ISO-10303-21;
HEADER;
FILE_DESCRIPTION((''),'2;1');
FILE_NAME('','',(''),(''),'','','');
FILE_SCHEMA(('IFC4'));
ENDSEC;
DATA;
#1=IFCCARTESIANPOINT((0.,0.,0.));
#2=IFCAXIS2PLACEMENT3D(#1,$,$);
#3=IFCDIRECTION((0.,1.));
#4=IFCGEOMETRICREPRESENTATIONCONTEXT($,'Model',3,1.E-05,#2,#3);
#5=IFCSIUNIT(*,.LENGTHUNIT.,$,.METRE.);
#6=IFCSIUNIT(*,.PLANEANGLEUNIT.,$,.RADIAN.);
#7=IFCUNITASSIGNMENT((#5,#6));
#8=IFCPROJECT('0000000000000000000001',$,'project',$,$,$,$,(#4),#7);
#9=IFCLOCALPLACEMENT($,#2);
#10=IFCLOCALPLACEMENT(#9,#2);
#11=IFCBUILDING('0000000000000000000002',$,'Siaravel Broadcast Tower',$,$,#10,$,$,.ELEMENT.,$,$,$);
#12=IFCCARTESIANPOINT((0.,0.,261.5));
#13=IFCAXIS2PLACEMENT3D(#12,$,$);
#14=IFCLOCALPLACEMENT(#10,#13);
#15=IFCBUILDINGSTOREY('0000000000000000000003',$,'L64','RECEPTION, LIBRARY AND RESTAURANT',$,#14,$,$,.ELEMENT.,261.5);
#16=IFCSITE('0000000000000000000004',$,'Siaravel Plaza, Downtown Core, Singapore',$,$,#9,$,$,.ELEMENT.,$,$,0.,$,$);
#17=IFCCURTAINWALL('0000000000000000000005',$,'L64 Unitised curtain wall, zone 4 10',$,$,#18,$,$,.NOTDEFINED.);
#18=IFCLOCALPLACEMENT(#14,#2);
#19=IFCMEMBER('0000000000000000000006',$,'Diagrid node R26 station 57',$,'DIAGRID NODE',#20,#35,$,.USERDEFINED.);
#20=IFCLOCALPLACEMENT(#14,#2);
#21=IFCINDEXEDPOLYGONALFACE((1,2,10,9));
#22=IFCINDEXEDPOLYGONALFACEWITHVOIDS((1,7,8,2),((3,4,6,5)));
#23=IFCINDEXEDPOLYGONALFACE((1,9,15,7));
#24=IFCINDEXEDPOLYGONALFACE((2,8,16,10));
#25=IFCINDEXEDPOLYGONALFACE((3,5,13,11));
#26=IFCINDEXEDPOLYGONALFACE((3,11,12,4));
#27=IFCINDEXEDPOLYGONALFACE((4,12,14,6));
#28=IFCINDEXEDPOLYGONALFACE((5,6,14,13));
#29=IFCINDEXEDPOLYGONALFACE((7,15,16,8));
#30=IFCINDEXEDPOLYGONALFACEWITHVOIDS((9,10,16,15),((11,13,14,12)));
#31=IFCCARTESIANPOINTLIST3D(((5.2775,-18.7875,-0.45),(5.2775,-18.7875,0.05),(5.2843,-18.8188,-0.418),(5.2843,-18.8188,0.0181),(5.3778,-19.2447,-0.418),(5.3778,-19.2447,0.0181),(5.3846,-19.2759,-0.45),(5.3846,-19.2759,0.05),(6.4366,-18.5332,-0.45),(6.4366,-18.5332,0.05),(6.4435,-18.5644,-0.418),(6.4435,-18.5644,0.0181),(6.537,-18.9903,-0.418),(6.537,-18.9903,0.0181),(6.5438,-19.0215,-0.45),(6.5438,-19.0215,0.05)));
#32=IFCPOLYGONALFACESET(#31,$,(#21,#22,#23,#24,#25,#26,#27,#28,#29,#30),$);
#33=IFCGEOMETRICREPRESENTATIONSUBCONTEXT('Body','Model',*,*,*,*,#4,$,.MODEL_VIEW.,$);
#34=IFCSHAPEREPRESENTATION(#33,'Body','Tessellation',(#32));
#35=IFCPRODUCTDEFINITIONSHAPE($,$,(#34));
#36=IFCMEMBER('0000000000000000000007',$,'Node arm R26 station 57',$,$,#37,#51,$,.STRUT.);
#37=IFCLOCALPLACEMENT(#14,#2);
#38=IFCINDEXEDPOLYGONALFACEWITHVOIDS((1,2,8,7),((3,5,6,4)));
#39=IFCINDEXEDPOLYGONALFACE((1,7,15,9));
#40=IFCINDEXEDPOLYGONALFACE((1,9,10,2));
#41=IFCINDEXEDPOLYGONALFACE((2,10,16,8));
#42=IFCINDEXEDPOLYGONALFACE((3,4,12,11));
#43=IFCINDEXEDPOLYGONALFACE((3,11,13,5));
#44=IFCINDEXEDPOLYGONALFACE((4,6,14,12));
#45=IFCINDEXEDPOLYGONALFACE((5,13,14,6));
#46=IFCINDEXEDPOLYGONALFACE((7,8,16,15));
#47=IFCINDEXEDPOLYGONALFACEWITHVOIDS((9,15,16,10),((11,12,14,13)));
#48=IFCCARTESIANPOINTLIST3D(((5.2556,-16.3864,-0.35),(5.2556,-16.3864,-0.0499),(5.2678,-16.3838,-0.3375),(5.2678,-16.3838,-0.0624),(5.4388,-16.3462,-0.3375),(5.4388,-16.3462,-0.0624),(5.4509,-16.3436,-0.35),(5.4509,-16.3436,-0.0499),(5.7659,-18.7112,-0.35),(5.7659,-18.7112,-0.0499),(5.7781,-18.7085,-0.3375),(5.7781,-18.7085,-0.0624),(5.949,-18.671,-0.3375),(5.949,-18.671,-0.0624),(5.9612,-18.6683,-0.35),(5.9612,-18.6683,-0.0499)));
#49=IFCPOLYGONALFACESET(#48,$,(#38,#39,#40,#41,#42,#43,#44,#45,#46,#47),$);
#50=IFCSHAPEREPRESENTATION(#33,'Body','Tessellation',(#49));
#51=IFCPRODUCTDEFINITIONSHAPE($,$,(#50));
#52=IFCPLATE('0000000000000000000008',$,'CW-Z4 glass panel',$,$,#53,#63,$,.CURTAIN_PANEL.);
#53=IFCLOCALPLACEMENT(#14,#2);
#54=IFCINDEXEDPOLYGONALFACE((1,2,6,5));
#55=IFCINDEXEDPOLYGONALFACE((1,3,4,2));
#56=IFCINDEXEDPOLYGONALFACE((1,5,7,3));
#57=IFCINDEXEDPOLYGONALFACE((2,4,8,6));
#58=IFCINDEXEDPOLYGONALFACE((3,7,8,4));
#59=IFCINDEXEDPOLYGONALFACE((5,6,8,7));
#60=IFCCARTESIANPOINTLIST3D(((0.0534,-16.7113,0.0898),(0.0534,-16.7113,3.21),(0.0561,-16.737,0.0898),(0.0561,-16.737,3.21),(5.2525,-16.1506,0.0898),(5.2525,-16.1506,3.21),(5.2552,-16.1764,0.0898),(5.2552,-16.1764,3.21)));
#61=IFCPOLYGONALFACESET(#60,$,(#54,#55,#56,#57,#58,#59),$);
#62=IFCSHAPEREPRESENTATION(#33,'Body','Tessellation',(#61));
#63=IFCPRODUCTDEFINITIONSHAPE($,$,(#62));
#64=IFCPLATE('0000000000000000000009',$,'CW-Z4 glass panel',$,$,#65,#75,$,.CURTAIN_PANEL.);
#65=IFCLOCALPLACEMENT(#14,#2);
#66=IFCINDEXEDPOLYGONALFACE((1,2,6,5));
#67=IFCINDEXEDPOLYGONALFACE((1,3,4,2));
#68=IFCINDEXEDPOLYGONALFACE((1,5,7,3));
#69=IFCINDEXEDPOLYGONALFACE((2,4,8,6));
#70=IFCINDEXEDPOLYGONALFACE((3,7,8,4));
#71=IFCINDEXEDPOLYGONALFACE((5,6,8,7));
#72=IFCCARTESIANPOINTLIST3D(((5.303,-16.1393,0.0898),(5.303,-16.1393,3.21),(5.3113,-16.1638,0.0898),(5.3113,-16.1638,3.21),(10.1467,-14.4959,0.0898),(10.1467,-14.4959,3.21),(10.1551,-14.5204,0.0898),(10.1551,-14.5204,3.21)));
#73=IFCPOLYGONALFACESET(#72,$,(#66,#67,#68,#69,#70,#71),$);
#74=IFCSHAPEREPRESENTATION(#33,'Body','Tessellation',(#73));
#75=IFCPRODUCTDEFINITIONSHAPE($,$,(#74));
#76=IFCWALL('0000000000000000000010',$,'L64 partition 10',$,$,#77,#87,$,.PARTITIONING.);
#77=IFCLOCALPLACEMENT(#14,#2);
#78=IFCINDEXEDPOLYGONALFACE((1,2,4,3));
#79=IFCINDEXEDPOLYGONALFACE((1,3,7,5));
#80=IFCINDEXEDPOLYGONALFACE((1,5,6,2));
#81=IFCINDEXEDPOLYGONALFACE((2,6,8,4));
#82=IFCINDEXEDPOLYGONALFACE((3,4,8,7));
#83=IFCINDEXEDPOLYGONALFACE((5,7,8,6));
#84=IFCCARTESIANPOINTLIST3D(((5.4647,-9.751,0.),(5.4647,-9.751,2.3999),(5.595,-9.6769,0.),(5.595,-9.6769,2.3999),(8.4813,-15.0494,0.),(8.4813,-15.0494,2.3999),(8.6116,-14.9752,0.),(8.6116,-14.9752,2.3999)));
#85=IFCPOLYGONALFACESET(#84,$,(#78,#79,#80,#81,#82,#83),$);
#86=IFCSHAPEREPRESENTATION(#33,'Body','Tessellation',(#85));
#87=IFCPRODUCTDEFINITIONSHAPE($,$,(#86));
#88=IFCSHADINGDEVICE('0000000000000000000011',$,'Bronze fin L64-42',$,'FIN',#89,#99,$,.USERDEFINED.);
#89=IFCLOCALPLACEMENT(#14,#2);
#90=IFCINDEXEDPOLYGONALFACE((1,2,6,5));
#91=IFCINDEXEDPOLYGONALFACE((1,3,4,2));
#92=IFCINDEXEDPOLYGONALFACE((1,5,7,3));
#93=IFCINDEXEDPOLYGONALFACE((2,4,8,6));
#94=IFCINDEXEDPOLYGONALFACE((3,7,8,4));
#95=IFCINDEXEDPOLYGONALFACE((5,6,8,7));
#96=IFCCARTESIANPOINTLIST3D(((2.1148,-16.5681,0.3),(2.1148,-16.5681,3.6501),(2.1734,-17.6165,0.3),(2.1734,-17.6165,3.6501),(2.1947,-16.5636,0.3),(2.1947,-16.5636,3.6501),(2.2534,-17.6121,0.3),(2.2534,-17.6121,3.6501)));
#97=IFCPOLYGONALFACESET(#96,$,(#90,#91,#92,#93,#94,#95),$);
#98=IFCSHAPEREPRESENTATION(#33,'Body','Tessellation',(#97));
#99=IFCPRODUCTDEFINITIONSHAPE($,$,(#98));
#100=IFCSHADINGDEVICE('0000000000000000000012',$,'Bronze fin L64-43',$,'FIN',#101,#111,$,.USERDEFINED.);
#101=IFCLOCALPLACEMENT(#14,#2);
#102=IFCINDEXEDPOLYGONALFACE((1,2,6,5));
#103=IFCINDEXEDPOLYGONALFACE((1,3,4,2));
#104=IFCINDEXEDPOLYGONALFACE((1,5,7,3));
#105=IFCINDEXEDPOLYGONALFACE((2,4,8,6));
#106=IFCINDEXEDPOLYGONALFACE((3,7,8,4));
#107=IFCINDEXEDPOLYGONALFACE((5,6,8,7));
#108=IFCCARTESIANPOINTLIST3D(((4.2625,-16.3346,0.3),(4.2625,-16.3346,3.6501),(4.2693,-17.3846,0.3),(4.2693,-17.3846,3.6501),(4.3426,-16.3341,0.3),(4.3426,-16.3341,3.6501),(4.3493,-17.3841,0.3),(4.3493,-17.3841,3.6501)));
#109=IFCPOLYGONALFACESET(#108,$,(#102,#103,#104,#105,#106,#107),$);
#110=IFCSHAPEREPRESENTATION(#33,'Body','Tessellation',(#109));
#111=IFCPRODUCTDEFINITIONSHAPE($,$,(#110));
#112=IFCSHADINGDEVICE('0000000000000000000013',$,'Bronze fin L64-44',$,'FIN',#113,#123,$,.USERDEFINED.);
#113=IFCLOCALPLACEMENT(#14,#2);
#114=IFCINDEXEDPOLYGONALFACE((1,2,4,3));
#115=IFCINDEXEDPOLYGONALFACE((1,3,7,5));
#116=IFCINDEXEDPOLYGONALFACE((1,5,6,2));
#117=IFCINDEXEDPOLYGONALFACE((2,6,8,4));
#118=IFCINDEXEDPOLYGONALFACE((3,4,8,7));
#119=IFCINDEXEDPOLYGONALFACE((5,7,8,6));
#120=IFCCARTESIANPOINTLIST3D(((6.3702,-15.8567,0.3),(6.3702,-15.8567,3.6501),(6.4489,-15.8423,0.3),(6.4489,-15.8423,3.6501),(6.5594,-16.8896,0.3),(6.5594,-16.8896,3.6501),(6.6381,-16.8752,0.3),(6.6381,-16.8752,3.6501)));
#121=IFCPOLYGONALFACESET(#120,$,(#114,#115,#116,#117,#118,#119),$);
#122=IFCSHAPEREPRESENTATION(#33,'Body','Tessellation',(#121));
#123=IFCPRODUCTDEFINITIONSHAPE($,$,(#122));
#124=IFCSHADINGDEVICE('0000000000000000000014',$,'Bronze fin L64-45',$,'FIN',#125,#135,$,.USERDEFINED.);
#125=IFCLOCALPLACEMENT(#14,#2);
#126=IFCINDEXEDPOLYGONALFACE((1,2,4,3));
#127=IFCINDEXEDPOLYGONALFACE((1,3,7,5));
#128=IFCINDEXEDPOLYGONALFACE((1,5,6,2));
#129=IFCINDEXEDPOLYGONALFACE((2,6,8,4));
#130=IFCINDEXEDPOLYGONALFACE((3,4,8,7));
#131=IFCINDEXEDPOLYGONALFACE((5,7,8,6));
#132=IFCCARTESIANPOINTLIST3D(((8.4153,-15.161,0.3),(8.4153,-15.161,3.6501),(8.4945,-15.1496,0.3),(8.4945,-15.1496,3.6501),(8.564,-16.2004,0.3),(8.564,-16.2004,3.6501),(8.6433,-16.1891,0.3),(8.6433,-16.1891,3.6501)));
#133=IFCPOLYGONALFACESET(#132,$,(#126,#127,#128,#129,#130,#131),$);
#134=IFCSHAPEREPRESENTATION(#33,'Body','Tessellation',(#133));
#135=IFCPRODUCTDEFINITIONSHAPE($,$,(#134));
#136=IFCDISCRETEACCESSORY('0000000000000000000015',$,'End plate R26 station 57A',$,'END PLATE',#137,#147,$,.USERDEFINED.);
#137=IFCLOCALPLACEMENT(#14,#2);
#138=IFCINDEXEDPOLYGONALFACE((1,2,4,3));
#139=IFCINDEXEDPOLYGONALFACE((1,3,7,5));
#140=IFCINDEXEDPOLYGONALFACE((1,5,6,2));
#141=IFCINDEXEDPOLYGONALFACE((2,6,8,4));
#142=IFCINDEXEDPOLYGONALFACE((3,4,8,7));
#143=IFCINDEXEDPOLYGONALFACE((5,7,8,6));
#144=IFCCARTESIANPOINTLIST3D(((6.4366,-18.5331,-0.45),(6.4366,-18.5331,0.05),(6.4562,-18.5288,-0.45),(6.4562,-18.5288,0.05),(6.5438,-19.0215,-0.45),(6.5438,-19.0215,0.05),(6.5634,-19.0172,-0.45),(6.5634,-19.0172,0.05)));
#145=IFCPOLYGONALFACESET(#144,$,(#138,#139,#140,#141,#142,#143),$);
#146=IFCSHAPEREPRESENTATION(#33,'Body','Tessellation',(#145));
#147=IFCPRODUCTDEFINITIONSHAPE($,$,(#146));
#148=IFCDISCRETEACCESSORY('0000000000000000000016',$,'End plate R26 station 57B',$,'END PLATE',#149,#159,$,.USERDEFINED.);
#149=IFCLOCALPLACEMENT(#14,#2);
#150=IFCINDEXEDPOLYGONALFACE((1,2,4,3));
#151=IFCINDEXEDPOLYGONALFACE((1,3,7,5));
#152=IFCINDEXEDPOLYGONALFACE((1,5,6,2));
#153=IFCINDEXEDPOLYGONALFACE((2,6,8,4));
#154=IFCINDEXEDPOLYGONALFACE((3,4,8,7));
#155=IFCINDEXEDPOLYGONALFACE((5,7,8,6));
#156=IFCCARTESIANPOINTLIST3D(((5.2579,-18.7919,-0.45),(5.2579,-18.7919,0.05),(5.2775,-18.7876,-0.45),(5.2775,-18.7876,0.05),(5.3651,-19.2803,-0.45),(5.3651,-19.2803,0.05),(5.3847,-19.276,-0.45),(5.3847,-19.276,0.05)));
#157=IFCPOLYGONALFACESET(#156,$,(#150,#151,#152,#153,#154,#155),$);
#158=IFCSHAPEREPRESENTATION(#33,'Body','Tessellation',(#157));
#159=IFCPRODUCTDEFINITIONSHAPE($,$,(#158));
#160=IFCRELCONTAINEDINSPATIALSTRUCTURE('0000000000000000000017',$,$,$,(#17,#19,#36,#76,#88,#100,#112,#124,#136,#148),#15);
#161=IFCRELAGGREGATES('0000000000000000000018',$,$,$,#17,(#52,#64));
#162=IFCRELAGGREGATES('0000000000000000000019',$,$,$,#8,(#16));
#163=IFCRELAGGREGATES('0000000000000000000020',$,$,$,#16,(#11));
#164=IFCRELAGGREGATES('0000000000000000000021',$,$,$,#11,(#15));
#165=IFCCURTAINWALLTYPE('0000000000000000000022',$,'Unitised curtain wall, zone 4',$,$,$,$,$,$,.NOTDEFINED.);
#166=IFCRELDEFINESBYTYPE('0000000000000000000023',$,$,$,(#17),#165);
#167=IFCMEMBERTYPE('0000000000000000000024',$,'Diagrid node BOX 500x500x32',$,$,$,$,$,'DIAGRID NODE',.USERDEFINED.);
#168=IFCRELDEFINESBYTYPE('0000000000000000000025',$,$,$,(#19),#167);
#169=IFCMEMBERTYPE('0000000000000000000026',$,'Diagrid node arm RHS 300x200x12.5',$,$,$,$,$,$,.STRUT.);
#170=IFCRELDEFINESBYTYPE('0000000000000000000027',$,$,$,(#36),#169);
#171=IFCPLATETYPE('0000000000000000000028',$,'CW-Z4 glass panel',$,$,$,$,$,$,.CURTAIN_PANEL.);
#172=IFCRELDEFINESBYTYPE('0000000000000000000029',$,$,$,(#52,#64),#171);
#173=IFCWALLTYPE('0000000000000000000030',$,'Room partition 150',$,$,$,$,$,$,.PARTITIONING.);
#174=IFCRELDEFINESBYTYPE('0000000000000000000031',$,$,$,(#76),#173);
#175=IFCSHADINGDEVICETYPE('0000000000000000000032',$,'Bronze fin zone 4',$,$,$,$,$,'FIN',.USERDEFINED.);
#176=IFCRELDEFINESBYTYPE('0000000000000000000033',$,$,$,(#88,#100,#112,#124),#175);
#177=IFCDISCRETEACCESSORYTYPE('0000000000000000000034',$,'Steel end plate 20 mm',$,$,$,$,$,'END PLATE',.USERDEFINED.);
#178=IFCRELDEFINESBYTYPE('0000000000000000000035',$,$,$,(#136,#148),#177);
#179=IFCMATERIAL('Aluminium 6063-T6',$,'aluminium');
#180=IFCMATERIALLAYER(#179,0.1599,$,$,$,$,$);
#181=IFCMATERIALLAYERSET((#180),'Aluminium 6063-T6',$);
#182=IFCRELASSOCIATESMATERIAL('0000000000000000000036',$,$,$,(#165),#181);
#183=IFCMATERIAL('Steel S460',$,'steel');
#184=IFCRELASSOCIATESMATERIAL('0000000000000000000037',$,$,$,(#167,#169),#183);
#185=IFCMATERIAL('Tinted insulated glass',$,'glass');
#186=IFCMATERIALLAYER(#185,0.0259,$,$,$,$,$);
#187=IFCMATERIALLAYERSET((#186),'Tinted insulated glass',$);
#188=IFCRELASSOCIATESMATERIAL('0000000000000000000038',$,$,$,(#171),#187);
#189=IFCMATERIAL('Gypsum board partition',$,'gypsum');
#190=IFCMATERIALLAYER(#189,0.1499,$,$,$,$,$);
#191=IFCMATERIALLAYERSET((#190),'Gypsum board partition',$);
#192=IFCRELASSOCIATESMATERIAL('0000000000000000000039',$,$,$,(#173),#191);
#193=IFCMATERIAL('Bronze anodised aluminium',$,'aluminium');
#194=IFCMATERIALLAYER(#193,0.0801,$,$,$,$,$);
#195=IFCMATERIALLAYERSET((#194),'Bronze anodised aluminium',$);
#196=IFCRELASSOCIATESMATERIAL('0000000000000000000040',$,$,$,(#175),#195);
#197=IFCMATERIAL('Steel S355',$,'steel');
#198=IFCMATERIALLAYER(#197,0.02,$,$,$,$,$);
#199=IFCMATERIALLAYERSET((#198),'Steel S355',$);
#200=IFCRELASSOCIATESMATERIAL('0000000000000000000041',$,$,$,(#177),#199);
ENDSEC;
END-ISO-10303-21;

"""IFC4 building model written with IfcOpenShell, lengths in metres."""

from ifc_helpers import new_model, si_unit, direction, frame, frame_2d, origin, origin_2d, place, context, subcontext, project, spatial, rectangle, hollow_rectangle, extrude, material, layer, layer_set, material_profile, profile_set, type_object, element, aggregate, save


model = new_model("IFC4")

# Units and contexts
model_context = context("Model", 3, precision=1e-05, world=origin(), true_north=direction((0.0, 1.0)))
body_context = subcontext(model_context, "Body", "Model", "MODEL_VIEW")
ifc_project = project(units=[si_unit("LENGTHUNIT", "METRE"), si_unit("PLANEANGLEUNIT", "RADIAN")], contexts=[model_context])

# Site, building, storey
site_placement = place(None, origin())
site = spatial("IfcSite", under=ifc_project, at=site_placement, Name="Siaravel Plaza, Downtown Core, Singapore", CompositionType="ELEMENT", RefElevation=0.0)
building_placement = place(site_placement, origin())
building = spatial("IfcBuilding", under=site, at=building_placement, Name="Siaravel Broadcast Tower", CompositionType="ELEMENT")
storey_placement = place(building_placement, frame((0.0, 0.0, 261.5)))
storey = spatial("IfcBuildingStorey", under=building, at=storey_placement, Name="L64", Description="RECEPTION, LIBRARY AND RESTAURANT", CompositionType="ELEMENT", Elevation=261.5)

# Shared definitions
ifc_material_1 = material(Name="Steel S355", Category="steel")

# Curtain wall
ifc_material_2 = material(Name="Aluminium 6063-T6", Category="aluminium")
ifc_layer_1 = layer(ifc_material_2, 0.1599)
ifc_layer_set_1 = layer_set([ifc_layer_1], Name="Aluminium 6063-T6")
curtain_wall_type = type_object("IfcCurtainWallType", Name="Unitised curtain wall, zone 4", PredefinedType="NOTDEFINED", material=ifc_layer_set_1)
curtain_wall_placement = place(storey_placement, origin())
curtain_wall = element("IfcCurtainWall", 1, at=curtain_wall_placement, inside=storey, type_object=curtain_wall_type, Name="L64 Unitised curtain wall, zone 4 10", PredefinedType="NOTDEFINED")

# Members
ifc_material_3 = material(Name="Steel S460", Category="steel")
ifc_material_profile_1 = material_profile(ifc_material_3, hollow_rectangle(XDim=0.5, YDim=0.5, WallThickness=0.032, at=origin_2d()))
ifc_profile_set_1 = profile_set([ifc_material_profile_1], Name="Steel S460")
member_type_1 = type_object("IfcMemberType", Name="Diagrid node BOX 500x500x32", ElementType="DIAGRID NODE", PredefinedType="USERDEFINED", material=ifc_profile_set_1)
member_1_placement = place(storey_placement, frame((5.3311, -19.0317, -0.2), z_axis=(0.976755, 0.214359, 0.0), x_axis=(-0.214359, 0.976755, 0.0)))
element("IfcMember", 2, at=member_1_placement, inside=storey, type_object=member_type_1, Name="Diagrid node R26 station 57", ObjectType="DIAGRID NODE", PredefinedType="USERDEFINED", context=body_context, shape_type="SweptSolid", body=[
    extrude(hollow_rectangle(XDim=0.5, YDim=0.5, WallThickness=0.032, at=origin_2d()), origin(), (0.0, 0.0, 1.0), 1.1868),
])
ifc_material_profile_2 = material_profile(ifc_material_3, hollow_rectangle(XDim=0.2, YDim=0.3, WallThickness=0.0125, at=origin_2d()))
ifc_profile_set_2 = profile_set([ifc_material_profile_2], Name="Steel S460")
member_type_2 = type_object("IfcMemberType", Name="Diagrid node arm RHS 300x200x12.5", PredefinedType="STRUT", material=ifc_profile_set_2)
member_2_placement = place(storey_placement, frame((5.3533, -16.365, -0.2), z_axis=(0.214388, -0.976749, 0.0), x_axis=(0.976749, 0.214388, 0.0)))
element("IfcMember", 3, at=member_2_placement, inside=storey, type_object=member_type_2, Name="Node arm R26 station 57", PredefinedType="STRUT", context=body_context, shape_type="SweptSolid", body=[
    extrude(hollow_rectangle(XDim=0.2, YDim=0.3, WallThickness=0.0125, at=origin_2d()), origin(), (0.0, 0.0, 1.0), 2.3801),
])

# Plates
ifc_material_4 = material(Name="Tinted insulated glass", Category="glass")
ifc_layer_2 = layer(ifc_material_4, 0.0259)
ifc_layer_set_2 = layer_set([ifc_layer_2], Name="Tinted insulated glass")
plate_type = type_object("IfcPlateType", Name="CW-Z4 glass panel", PredefinedType="CURTAIN_PANEL", material=ifc_layer_set_2)
plate_1_placement = place(storey_placement, frame((2.6543, -16.4438, 0.0898), z_axis=(0.0, 0.0, 1.0), x_axis=(0.994236, 0.107218, 0.0)))
plate_1 = element("IfcPlate", 4, at=plate_1_placement, type_object=plate_type, Name="CW-Z4 glass panel", PredefinedType="CURTAIN_PANEL", context=body_context, shape_type="SweptSolid", body=[
    extrude(rectangle(XDim=5.2292, YDim=0.0259, at=origin_2d()), origin(), (0.0, 0.0, 1.0), 3.1201),
])
plate_2_placement = place(storey_placement, frame((7.729, -15.3298, 0.0898), z_axis=(0.0, 0.0, 1.0), x_axis=(0.946977, 0.321302, 0.0)))
plate_2 = element("IfcPlate", 5, at=plate_2_placement, type_object=plate_type, Name="CW-Z4 glass panel", PredefinedType="CURTAIN_PANEL", context=body_context, shape_type="SweptSolid", body=[
    extrude(rectangle(XDim=5.115, YDim=0.0259, at=origin_2d()), origin(), (0.0, 0.0, 1.0), 3.1201),
])
aggregate(curtain_wall, [plate_1, plate_2])

# Wall
ifc_material_5 = material(Name="Gypsum board partition", Category="gypsum")
ifc_layer_3 = layer(ifc_material_5, 0.1499)
ifc_layer_set_3 = layer_set([ifc_layer_3], Name="Gypsum board partition")
wall_type = type_object("IfcWallType", Name="Room partition 150", PredefinedType="PARTITIONING", material=ifc_layer_set_3)
wall_placement = place(storey_placement, frame((8.5464, -15.0122, 0.0), z_axis=(0.0, 0.0, 1.0), x_axis=(-0.494776, 0.869021, 0.0)))
element("IfcWall", 6, at=wall_placement, inside=storey, type_object=wall_type, Name="L64 partition 10", PredefinedType="PARTITIONING", context=body_context, shape_type="SweptSolid", body=[
    extrude(rectangle(XDim=6.0969, YDim=0.1499, at=frame_2d((3.0483, 0.0))), origin(), (0.0, 0.0, 1.0), 2.3999),
])

# Shading devices
ifc_material_6 = material(Name="Bronze anodised aluminium", Category="aluminium")
ifc_layer_4 = layer(ifc_material_6, 0.0801)
ifc_layer_set_4 = layer_set([ifc_layer_4], Name="Bronze anodised aluminium")
shading_device_type = type_object("IfcShadingDeviceType", Name="Bronze fin zone 4", ElementType="FIN", PredefinedType="USERDEFINED", material=ifc_layer_set_4)
for number, where, z_axis, x_axis, name in (
    (7, (2.1841, -17.0901, 0.3), (0.0, 0.0, 1.0), (0.055874, -0.998438, 0.0), "Bronze fin L64-42"),
    (8, (4.3059, -16.8594, 0.3), (0.0, 0.0, 1.0), (0.006451, -0.999979, 0.0), "Bronze fin L64-43"),
    (9, (6.5042, -16.366, 0.3), (0.0, 0.0, 1.0), (0.180166, -0.983636, 0.0), "Bronze fin L64-44"),
    (10, (8.5293, -15.675, 0.3), (0.0, 0.0, 1.0), (0.141682, -0.989912, 0.0), "Bronze fin L64-45"),
):
    element("IfcShadingDevice", number, at=place(storey_placement, frame(where, z_axis=z_axis, x_axis=x_axis)), inside=storey, type_object=shading_device_type, Name=name, ObjectType="FIN", PredefinedType="USERDEFINED", context=body_context, shape_type="SweptSolid", body=[
        extrude(rectangle(XDim=1.05, YDim=0.0801, at=origin_2d()), origin(), (0.0, 0.0, 1.0), 3.3501),
    ])

# Discrete accessories
ifc_layer_5 = layer(ifc_material_1, 0.02)
ifc_layer_set_5 = layer_set([ifc_layer_5], Name="Steel S355")
discrete_accessory_type = type_object("IfcDiscreteAccessoryType", Name="Steel end plate 20 mm", ElementType="END PLATE", PredefinedType="USERDEFINED", material=ifc_layer_set_5)
for number, where, z_axis, x_axis, name in (
    (11, (6.5, -18.7751, -0.45), (0.0, 0.0, 1.0), (0.976751, 0.214377, 0.0), "End plate R26 station 57A"),
    (12, (5.3213, -19.0339, -0.45), (0.0, 0.0, 1.0), (0.976751, 0.214377, 0.0), "End plate R26 station 57B"),
):
    element("IfcDiscreteAccessory", number, at=place(storey_placement, frame(where, z_axis=z_axis, x_axis=x_axis)), inside=storey, type_object=discrete_accessory_type, Name=name, ObjectType="END PLATE", PredefinedType="USERDEFINED", context=body_context, shape_type="SweptSolid", body=[
        extrude(rectangle(XDim=0.02, YDim=0.5, at=origin_2d()), origin(), (0.0, 0.0, 1.0), 0.5),
    ])

save(model, "model.ifc")
